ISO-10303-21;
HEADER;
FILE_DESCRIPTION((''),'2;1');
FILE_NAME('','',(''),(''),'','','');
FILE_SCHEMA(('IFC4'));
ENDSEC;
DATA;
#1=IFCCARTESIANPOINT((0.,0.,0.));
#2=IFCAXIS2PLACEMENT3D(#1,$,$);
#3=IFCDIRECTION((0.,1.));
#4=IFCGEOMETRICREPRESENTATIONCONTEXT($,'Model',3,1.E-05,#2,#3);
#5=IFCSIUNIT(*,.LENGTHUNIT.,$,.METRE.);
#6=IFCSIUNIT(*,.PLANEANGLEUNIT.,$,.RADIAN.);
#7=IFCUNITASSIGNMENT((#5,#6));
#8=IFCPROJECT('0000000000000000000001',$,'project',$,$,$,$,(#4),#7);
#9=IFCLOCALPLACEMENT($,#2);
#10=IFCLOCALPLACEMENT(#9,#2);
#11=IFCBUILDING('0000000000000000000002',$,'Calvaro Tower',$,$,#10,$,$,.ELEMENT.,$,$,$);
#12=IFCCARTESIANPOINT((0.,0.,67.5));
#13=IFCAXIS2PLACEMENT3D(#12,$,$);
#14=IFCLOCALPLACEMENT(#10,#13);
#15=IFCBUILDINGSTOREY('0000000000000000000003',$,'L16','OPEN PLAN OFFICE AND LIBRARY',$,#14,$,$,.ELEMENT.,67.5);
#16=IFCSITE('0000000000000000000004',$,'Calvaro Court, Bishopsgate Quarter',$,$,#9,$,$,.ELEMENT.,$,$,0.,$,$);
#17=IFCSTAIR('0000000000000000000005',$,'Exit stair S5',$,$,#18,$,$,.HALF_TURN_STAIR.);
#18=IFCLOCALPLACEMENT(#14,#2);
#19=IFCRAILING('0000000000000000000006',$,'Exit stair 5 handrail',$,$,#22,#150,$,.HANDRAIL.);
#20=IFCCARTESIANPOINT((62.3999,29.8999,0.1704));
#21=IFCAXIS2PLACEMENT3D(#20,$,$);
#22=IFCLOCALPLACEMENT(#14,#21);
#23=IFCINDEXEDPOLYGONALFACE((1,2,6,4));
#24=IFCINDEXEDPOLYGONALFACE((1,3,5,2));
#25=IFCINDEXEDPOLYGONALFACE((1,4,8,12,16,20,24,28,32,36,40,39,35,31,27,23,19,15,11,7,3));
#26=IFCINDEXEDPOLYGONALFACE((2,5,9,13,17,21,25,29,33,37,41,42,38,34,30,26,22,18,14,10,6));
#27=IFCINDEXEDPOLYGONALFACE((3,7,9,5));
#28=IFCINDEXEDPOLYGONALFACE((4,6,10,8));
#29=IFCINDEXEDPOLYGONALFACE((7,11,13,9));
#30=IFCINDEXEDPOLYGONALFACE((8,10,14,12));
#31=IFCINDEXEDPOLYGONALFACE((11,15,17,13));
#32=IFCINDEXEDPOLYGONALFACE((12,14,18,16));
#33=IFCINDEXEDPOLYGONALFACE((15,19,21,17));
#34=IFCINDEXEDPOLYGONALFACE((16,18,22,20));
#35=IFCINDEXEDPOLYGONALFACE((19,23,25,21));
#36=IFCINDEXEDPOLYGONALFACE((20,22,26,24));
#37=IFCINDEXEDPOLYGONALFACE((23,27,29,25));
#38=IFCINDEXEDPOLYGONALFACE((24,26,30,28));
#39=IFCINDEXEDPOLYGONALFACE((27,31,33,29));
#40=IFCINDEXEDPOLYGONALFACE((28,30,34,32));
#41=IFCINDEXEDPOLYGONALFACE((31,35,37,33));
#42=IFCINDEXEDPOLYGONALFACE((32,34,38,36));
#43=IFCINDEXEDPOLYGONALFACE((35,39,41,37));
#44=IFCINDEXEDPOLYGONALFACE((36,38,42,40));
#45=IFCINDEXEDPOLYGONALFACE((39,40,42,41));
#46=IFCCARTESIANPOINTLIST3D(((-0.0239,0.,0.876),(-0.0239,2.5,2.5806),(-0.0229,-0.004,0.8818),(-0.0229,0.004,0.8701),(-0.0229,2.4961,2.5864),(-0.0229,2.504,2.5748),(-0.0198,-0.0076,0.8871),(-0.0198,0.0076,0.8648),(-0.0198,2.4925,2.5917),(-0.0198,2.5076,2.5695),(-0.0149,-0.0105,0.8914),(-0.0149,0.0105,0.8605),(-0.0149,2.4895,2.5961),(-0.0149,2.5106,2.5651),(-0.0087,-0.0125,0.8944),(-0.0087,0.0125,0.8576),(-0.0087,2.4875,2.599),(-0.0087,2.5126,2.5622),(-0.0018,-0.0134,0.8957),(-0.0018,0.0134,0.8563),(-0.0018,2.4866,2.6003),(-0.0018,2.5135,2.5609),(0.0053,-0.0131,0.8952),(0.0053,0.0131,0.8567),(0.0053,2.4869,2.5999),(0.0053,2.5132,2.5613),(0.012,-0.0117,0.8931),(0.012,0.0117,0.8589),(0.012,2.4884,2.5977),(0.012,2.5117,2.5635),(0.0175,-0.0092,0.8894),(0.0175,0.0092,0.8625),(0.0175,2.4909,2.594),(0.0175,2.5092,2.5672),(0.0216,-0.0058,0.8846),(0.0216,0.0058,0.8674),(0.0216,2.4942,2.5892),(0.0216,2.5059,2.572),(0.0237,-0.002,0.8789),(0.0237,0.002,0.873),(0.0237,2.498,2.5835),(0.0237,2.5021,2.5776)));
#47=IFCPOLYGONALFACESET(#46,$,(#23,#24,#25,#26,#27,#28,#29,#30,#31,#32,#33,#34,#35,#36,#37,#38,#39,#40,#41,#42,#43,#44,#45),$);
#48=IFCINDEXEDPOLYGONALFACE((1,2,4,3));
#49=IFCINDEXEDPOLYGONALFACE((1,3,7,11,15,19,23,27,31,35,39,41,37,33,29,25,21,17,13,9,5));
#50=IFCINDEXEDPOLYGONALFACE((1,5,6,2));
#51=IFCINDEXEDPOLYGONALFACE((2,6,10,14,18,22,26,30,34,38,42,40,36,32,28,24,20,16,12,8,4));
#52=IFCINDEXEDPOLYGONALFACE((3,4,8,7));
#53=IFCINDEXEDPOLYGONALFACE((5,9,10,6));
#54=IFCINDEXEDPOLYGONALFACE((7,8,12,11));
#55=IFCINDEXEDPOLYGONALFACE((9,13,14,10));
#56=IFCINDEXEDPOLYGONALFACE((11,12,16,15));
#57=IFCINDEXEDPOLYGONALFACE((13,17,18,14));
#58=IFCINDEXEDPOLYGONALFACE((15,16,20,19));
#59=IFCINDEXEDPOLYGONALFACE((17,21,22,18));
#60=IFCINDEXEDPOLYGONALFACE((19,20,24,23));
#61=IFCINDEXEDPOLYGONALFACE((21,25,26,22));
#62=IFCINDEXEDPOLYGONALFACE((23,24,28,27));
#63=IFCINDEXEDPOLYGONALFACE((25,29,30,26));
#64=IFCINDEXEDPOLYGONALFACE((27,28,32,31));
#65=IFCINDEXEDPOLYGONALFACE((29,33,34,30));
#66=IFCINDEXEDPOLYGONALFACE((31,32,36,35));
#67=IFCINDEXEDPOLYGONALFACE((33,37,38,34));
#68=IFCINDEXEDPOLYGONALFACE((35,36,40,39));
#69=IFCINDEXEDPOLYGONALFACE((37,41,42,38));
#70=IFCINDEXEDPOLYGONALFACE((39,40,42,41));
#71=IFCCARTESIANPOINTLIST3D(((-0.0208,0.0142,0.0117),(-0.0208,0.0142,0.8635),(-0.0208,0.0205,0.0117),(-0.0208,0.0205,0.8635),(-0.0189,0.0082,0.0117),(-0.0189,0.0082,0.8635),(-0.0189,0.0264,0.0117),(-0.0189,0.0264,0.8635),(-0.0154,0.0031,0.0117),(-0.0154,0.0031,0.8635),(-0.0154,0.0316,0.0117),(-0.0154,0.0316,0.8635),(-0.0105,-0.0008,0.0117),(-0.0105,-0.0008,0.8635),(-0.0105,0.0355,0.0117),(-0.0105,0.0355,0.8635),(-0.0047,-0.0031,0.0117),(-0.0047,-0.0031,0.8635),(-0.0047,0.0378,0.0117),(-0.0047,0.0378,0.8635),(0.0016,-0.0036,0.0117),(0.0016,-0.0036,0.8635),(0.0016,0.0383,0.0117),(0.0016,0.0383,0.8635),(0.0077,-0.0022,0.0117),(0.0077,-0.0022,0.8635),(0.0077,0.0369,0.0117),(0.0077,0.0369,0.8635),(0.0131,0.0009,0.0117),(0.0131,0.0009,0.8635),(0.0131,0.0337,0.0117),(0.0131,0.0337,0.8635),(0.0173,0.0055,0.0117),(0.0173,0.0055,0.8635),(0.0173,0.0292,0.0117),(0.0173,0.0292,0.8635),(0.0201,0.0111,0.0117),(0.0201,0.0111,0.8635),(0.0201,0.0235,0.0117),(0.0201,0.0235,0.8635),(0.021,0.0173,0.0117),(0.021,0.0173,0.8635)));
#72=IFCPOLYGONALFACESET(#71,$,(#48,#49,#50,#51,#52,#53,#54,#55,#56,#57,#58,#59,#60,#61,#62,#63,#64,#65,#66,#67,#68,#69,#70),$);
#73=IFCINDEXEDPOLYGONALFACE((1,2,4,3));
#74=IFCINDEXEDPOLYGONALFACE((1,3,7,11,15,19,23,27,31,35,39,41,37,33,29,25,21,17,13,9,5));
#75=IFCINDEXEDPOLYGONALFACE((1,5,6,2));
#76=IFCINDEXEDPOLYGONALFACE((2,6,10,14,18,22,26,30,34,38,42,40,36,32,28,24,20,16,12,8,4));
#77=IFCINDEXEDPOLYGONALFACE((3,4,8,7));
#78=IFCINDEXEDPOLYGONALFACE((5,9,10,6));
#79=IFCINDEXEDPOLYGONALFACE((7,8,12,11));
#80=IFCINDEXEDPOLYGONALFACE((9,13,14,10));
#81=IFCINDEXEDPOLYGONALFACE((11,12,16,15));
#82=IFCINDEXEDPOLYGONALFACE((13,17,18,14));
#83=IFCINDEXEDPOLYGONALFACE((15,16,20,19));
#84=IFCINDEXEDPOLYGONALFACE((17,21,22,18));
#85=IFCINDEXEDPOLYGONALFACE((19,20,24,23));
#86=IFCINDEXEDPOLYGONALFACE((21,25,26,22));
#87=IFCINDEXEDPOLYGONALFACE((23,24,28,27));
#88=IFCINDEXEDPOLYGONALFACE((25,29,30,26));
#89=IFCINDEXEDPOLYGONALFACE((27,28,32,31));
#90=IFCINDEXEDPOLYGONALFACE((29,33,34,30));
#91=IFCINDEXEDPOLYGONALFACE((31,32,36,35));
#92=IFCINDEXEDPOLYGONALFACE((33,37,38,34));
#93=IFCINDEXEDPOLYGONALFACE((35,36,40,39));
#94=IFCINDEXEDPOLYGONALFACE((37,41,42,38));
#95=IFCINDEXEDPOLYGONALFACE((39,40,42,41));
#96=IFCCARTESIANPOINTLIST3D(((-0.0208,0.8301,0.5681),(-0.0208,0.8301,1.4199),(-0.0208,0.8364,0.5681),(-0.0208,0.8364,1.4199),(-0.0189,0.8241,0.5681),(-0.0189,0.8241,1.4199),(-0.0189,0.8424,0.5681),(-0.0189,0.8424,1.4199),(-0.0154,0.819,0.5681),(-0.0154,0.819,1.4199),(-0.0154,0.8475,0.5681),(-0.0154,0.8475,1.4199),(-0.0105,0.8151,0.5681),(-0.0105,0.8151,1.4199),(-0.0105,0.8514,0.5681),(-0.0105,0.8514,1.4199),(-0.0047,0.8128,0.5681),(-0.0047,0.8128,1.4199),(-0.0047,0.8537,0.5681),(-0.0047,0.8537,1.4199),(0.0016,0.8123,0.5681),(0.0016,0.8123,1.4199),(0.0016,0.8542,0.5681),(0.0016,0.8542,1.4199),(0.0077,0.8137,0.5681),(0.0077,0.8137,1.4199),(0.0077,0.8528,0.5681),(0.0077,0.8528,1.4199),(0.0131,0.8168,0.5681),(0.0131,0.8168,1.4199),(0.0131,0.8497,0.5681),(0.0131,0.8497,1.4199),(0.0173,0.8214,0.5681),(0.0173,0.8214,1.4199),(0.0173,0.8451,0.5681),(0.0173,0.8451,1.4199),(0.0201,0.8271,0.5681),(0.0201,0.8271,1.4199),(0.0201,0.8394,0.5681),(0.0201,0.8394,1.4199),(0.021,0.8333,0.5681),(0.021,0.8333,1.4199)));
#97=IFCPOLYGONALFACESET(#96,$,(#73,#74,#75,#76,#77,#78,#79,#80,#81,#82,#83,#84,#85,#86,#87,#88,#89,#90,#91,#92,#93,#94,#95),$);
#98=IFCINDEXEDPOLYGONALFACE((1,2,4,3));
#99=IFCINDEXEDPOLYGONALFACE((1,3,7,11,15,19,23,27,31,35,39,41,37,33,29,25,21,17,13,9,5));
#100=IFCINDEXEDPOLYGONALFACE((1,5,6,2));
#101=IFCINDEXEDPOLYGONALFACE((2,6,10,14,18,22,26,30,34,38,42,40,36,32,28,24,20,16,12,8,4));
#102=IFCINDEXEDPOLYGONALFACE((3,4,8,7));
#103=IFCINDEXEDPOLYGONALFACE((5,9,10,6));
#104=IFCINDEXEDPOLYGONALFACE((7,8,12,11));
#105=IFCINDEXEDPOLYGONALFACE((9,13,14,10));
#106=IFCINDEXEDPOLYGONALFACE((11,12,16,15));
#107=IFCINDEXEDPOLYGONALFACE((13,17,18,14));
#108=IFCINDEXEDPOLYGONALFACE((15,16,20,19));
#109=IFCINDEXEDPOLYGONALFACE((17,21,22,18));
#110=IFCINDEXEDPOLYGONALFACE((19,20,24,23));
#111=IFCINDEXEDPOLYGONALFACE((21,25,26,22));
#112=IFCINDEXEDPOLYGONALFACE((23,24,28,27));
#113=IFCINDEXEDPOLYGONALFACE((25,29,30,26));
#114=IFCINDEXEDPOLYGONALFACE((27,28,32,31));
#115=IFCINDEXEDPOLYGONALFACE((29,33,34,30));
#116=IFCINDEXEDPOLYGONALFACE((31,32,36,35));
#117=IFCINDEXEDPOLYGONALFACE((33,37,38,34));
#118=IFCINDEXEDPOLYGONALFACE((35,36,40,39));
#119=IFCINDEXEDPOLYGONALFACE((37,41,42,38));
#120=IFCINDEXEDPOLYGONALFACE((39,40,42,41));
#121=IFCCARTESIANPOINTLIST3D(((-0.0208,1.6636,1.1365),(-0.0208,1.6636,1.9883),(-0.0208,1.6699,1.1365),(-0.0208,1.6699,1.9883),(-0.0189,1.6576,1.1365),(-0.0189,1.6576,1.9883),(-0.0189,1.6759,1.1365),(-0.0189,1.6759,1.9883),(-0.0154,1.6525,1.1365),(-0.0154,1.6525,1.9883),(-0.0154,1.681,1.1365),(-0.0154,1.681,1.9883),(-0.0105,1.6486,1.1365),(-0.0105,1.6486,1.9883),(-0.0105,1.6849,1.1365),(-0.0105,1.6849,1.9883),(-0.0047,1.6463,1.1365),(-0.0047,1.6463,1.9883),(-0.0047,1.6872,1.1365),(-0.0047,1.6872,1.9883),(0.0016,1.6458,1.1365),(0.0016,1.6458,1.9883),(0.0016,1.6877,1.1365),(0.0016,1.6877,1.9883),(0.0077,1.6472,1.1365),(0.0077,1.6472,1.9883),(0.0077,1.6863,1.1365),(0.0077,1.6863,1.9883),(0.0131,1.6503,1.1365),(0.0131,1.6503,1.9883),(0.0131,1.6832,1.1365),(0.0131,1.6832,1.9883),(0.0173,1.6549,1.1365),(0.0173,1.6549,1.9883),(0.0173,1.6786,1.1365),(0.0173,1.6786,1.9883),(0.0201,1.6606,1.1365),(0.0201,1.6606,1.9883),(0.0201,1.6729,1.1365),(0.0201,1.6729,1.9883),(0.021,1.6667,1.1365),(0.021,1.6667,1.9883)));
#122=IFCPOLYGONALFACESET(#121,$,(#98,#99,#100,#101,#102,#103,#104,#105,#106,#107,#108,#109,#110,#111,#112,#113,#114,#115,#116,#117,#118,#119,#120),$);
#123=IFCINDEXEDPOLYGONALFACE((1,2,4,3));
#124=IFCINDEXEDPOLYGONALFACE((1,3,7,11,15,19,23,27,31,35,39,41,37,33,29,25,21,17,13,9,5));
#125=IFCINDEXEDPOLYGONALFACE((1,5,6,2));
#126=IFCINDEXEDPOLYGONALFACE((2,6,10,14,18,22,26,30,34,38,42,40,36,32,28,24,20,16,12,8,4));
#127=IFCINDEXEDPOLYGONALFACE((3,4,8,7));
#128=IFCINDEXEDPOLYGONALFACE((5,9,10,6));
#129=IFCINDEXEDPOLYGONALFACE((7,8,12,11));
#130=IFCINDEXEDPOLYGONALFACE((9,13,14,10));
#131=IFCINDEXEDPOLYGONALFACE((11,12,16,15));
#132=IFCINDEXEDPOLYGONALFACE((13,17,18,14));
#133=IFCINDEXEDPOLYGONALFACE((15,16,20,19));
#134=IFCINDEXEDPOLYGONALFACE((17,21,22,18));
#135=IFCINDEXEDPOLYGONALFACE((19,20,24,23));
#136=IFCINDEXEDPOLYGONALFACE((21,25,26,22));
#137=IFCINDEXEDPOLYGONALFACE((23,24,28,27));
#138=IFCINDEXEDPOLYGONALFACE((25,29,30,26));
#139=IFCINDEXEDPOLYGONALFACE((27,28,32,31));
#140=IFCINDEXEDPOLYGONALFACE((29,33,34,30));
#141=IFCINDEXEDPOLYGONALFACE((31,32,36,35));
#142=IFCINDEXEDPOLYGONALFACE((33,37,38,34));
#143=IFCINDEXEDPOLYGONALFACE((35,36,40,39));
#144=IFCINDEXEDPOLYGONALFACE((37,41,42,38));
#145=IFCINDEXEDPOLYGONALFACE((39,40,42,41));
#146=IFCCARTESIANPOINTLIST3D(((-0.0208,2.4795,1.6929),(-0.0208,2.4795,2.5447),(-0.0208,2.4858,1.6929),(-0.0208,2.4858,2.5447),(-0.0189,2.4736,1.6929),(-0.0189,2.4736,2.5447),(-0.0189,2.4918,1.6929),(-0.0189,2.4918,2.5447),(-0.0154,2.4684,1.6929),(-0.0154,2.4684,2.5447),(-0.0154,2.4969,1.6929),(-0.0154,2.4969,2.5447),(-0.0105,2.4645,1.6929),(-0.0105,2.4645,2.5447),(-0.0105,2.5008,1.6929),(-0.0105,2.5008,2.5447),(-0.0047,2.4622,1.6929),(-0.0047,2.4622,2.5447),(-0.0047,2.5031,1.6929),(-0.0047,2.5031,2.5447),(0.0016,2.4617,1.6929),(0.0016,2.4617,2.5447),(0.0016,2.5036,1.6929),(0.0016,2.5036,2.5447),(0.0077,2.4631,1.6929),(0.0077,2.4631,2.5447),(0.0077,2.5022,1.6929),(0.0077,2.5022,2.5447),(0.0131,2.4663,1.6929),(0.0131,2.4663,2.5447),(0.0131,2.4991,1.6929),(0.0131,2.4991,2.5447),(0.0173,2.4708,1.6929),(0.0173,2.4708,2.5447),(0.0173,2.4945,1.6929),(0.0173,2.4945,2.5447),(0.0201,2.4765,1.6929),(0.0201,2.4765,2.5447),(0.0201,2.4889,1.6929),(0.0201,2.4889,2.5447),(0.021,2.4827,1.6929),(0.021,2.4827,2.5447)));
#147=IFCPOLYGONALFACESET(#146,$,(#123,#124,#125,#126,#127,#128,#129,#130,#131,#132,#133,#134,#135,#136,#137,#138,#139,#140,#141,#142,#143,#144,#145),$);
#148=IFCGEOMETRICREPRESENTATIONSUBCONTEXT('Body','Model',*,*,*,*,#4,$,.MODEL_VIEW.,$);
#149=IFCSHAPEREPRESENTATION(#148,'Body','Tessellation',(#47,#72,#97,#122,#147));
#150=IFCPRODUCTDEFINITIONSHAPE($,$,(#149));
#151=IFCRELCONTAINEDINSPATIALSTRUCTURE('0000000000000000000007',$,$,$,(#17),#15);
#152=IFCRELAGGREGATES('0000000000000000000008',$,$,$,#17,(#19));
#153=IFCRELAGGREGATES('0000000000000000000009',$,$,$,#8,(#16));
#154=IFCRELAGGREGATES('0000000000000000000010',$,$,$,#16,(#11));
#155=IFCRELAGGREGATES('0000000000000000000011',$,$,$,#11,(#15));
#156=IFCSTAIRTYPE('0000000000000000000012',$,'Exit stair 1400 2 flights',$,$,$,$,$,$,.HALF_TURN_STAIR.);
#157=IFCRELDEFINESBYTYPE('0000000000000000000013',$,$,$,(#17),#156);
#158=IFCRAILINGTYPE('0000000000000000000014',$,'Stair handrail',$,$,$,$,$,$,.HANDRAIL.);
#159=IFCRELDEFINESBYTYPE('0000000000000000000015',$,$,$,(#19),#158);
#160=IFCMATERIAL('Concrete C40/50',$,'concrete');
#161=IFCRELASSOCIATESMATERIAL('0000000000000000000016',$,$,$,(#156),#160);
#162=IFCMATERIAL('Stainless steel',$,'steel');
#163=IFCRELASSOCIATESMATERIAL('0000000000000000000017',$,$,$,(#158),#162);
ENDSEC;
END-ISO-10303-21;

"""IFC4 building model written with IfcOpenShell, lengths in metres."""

from ifc_helpers import new_model, si_unit, direction, frame, origin, origin_2d, place, context, subcontext, project, spatial, circle, extrude, material, type_object, element, aggregate, save


model = new_model("IFC4")

# Units and contexts
model_context = context("Model", 3, precision=1e-05, world=origin(), true_north=direction((0.0, 1.0)))
body_context = subcontext(model_context, "Body", "Model", "MODEL_VIEW")
ifc_project = project(units=[si_unit("LENGTHUNIT", "METRE"), si_unit("PLANEANGLEUNIT", "RADIAN")], contexts=[model_context])

# Site, building, storey
site_placement = place(None, origin())
site = spatial("IfcSite", under=ifc_project, at=site_placement, Name="Calvaro Court, Bishopsgate Quarter", CompositionType="ELEMENT", RefElevation=0.0)
building_placement = place(site_placement, origin())
building = spatial("IfcBuilding", under=site, at=building_placement, Name="Calvaro Tower", CompositionType="ELEMENT")
storey_placement = place(building_placement, frame((0.0, 0.0, 67.5)))
storey = spatial("IfcBuildingStorey", under=building, at=storey_placement, Name="L16", Description="OPEN PLAN OFFICE AND LIBRARY", CompositionType="ELEMENT", Elevation=67.5)

# Stair
ifc_material_1 = material(Name="Concrete C40/50", Category="concrete")
stair_type = type_object("IfcStairType", Name="Exit stair 1400 2 flights", PredefinedType="HALF_TURN_STAIR", material=ifc_material_1)
stair_1_placement = place(storey_placement, origin())
stair_1 = element("IfcStair", 1, at=stair_1_placement, inside=storey, type_object=stair_type, Name="Exit stair S5", PredefinedType="HALF_TURN_STAIR")

# Shared definitions
ifc_material_2 = material(Name="Stainless steel", Category="steel")
railing_type = type_object("IfcRailingType", Name="Stair handrail", PredefinedType="HANDRAIL", material=ifc_material_2)

# Railing
railing_1_placement = place(storey_placement, frame((62.3999, 29.8999, 0.1704)))
railing_1 = element("IfcRailing", 2, at=railing_1_placement, type_object=railing_type, Name="Exit stair 5 handrail", PredefinedType="HANDRAIL", context=body_context, shape_type="SweptSolid", body=[
    extrude(circle(Radius=0.0239, at=origin_2d()), frame((0.0, 0.0, 0.876), z_axis=(0.0, 0.826221, 0.563347), x_axis=(-1.0, 0.0, 0.0)), (0.0, 0.0, 1.0), 3.0259),
    extrude(circle(Radius=0.021, at=origin_2d()), frame((0.0, 0.0173, 0.0117)), (0.0, 0.0, 1.0), 0.8518),
    extrude(circle(Radius=0.021, at=origin_2d()), frame((0.0, 0.8333, 0.5681)), (0.0, 0.0, 1.0), 0.8518),
    extrude(circle(Radius=0.021, at=origin_2d()), frame((0.0, 1.6667, 1.1365)), (0.0, 0.0, 1.0), 0.8518),
    extrude(circle(Radius=0.021, at=origin_2d()), frame((0.0, 2.4827, 1.6929)), (0.0, 0.0, 1.0), 0.8518),
])
aggregate(stair_1, [railing_1])

save(model, "model.ifc")
